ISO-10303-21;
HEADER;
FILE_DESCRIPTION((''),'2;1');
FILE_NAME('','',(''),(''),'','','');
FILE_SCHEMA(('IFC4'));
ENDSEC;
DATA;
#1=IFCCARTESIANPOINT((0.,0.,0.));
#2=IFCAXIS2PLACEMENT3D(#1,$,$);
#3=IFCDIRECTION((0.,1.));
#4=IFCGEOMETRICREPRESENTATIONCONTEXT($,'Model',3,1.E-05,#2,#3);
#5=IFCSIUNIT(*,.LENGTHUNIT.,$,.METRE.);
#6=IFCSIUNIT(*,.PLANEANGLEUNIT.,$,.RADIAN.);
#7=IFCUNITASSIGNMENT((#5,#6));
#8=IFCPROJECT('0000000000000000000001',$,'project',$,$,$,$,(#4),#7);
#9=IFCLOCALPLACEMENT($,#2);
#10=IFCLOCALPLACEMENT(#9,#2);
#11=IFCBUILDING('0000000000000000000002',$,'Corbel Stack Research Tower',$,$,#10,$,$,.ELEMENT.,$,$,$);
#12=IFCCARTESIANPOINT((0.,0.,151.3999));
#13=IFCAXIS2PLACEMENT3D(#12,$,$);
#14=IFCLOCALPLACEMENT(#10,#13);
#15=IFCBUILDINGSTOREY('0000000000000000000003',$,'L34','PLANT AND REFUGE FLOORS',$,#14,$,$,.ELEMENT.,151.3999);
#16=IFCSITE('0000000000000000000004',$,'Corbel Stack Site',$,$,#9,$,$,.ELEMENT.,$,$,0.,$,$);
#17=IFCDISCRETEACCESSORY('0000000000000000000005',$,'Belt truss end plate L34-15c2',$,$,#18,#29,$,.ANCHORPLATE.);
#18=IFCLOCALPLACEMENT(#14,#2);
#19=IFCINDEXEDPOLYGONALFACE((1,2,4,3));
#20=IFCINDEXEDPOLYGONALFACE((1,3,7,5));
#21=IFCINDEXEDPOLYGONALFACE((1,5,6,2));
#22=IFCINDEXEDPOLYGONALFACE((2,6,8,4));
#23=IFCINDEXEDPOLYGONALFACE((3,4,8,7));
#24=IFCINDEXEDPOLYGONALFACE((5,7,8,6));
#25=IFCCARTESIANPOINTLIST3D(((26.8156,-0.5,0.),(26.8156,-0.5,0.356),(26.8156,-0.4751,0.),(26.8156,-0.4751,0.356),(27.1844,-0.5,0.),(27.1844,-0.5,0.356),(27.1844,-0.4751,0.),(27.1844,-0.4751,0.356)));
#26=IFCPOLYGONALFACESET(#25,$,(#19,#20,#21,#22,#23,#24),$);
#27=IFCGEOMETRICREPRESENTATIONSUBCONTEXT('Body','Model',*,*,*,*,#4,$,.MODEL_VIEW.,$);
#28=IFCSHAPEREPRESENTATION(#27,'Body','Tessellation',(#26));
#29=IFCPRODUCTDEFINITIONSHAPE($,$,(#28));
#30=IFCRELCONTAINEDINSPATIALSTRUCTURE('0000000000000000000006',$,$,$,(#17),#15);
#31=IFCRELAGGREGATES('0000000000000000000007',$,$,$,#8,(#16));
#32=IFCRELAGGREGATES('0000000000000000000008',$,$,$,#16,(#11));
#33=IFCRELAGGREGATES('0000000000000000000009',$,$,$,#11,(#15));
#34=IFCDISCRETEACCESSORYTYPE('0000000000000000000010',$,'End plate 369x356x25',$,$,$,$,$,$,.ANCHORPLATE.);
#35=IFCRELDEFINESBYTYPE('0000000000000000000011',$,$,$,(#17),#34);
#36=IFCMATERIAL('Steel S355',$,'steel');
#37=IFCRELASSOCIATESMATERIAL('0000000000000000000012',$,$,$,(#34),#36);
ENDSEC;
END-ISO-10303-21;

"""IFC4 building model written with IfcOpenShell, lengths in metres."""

from ifc_helpers import new_model, si_unit, direction, frame, origin, origin_2d, place, context, subcontext, project, spatial, rectangle, extrude, material, material_profile, profile_set, type_object, element, save


model = new_model("IFC4")

# Units and contexts
model_context = context("Model", 3, precision=1e-05, world=origin(), true_north=direction((0.0, 1.0)))
body_context = subcontext(model_context, "Body", "Model", "MODEL_VIEW")
ifc_project = project(units=[si_unit("LENGTHUNIT", "METRE"), si_unit("PLANEANGLEUNIT", "RADIAN")], contexts=[model_context])

# Site, building, storey
site_placement = place(None, origin())
site = spatial("IfcSite", under=ifc_project, at=site_placement, Name="Corbel Stack Site", CompositionType="ELEMENT", RefElevation=0.0)
building_placement = place(site_placement, origin())
building = spatial("IfcBuilding", under=site, at=building_placement, Name="Corbel Stack Research Tower", CompositionType="ELEMENT")
storey_placement = place(building_placement, frame((0.0, 0.0, 151.3999)))
storey = spatial("IfcBuildingStorey", under=building, at=storey_placement, Name="L34", Description="PLANT AND REFUGE FLOORS", CompositionType="ELEMENT", Elevation=151.3999)

# Discrete accessory
ifc_material_1 = material(Name="Steel S355", Category="steel")
ifc_material_profile_1 = material_profile(ifc_material_1, rectangle(XDim=0.3689, YDim=0.356, at=origin_2d()), Name="End plate 369x356x25")
ifc_profile_set_1 = profile_set([ifc_material_profile_1], Name="Steel S355")
discrete_accessory_type_1 = type_object("IfcDiscreteAccessoryType", Name="End plate 369x356x25", PredefinedType="ANCHORPLATE", material=ifc_profile_set_1)
for number, where, z_axis, x_axis, name in (
    (1, (27.0, -0.5, 0.178), (0.0, 1.0, 0.0), (-1.0, 0.0, 0.0), "Belt truss end plate L34-15c2"),
):
    element("IfcDiscreteAccessory", number, at=place(storey_placement, frame(where, z_axis=z_axis, x_axis=x_axis)), inside=storey, type_object=discrete_accessory_type_1, Name=name, PredefinedType="ANCHORPLATE", context=body_context, shape_type="SweptSolid", body=[
        extrude(rectangle(XDim=0.3689, YDim=0.356, at=origin_2d()), origin(), (0.0, 0.0, 1.0), 0.0249),
    ])

save(model, "model.ifc")
